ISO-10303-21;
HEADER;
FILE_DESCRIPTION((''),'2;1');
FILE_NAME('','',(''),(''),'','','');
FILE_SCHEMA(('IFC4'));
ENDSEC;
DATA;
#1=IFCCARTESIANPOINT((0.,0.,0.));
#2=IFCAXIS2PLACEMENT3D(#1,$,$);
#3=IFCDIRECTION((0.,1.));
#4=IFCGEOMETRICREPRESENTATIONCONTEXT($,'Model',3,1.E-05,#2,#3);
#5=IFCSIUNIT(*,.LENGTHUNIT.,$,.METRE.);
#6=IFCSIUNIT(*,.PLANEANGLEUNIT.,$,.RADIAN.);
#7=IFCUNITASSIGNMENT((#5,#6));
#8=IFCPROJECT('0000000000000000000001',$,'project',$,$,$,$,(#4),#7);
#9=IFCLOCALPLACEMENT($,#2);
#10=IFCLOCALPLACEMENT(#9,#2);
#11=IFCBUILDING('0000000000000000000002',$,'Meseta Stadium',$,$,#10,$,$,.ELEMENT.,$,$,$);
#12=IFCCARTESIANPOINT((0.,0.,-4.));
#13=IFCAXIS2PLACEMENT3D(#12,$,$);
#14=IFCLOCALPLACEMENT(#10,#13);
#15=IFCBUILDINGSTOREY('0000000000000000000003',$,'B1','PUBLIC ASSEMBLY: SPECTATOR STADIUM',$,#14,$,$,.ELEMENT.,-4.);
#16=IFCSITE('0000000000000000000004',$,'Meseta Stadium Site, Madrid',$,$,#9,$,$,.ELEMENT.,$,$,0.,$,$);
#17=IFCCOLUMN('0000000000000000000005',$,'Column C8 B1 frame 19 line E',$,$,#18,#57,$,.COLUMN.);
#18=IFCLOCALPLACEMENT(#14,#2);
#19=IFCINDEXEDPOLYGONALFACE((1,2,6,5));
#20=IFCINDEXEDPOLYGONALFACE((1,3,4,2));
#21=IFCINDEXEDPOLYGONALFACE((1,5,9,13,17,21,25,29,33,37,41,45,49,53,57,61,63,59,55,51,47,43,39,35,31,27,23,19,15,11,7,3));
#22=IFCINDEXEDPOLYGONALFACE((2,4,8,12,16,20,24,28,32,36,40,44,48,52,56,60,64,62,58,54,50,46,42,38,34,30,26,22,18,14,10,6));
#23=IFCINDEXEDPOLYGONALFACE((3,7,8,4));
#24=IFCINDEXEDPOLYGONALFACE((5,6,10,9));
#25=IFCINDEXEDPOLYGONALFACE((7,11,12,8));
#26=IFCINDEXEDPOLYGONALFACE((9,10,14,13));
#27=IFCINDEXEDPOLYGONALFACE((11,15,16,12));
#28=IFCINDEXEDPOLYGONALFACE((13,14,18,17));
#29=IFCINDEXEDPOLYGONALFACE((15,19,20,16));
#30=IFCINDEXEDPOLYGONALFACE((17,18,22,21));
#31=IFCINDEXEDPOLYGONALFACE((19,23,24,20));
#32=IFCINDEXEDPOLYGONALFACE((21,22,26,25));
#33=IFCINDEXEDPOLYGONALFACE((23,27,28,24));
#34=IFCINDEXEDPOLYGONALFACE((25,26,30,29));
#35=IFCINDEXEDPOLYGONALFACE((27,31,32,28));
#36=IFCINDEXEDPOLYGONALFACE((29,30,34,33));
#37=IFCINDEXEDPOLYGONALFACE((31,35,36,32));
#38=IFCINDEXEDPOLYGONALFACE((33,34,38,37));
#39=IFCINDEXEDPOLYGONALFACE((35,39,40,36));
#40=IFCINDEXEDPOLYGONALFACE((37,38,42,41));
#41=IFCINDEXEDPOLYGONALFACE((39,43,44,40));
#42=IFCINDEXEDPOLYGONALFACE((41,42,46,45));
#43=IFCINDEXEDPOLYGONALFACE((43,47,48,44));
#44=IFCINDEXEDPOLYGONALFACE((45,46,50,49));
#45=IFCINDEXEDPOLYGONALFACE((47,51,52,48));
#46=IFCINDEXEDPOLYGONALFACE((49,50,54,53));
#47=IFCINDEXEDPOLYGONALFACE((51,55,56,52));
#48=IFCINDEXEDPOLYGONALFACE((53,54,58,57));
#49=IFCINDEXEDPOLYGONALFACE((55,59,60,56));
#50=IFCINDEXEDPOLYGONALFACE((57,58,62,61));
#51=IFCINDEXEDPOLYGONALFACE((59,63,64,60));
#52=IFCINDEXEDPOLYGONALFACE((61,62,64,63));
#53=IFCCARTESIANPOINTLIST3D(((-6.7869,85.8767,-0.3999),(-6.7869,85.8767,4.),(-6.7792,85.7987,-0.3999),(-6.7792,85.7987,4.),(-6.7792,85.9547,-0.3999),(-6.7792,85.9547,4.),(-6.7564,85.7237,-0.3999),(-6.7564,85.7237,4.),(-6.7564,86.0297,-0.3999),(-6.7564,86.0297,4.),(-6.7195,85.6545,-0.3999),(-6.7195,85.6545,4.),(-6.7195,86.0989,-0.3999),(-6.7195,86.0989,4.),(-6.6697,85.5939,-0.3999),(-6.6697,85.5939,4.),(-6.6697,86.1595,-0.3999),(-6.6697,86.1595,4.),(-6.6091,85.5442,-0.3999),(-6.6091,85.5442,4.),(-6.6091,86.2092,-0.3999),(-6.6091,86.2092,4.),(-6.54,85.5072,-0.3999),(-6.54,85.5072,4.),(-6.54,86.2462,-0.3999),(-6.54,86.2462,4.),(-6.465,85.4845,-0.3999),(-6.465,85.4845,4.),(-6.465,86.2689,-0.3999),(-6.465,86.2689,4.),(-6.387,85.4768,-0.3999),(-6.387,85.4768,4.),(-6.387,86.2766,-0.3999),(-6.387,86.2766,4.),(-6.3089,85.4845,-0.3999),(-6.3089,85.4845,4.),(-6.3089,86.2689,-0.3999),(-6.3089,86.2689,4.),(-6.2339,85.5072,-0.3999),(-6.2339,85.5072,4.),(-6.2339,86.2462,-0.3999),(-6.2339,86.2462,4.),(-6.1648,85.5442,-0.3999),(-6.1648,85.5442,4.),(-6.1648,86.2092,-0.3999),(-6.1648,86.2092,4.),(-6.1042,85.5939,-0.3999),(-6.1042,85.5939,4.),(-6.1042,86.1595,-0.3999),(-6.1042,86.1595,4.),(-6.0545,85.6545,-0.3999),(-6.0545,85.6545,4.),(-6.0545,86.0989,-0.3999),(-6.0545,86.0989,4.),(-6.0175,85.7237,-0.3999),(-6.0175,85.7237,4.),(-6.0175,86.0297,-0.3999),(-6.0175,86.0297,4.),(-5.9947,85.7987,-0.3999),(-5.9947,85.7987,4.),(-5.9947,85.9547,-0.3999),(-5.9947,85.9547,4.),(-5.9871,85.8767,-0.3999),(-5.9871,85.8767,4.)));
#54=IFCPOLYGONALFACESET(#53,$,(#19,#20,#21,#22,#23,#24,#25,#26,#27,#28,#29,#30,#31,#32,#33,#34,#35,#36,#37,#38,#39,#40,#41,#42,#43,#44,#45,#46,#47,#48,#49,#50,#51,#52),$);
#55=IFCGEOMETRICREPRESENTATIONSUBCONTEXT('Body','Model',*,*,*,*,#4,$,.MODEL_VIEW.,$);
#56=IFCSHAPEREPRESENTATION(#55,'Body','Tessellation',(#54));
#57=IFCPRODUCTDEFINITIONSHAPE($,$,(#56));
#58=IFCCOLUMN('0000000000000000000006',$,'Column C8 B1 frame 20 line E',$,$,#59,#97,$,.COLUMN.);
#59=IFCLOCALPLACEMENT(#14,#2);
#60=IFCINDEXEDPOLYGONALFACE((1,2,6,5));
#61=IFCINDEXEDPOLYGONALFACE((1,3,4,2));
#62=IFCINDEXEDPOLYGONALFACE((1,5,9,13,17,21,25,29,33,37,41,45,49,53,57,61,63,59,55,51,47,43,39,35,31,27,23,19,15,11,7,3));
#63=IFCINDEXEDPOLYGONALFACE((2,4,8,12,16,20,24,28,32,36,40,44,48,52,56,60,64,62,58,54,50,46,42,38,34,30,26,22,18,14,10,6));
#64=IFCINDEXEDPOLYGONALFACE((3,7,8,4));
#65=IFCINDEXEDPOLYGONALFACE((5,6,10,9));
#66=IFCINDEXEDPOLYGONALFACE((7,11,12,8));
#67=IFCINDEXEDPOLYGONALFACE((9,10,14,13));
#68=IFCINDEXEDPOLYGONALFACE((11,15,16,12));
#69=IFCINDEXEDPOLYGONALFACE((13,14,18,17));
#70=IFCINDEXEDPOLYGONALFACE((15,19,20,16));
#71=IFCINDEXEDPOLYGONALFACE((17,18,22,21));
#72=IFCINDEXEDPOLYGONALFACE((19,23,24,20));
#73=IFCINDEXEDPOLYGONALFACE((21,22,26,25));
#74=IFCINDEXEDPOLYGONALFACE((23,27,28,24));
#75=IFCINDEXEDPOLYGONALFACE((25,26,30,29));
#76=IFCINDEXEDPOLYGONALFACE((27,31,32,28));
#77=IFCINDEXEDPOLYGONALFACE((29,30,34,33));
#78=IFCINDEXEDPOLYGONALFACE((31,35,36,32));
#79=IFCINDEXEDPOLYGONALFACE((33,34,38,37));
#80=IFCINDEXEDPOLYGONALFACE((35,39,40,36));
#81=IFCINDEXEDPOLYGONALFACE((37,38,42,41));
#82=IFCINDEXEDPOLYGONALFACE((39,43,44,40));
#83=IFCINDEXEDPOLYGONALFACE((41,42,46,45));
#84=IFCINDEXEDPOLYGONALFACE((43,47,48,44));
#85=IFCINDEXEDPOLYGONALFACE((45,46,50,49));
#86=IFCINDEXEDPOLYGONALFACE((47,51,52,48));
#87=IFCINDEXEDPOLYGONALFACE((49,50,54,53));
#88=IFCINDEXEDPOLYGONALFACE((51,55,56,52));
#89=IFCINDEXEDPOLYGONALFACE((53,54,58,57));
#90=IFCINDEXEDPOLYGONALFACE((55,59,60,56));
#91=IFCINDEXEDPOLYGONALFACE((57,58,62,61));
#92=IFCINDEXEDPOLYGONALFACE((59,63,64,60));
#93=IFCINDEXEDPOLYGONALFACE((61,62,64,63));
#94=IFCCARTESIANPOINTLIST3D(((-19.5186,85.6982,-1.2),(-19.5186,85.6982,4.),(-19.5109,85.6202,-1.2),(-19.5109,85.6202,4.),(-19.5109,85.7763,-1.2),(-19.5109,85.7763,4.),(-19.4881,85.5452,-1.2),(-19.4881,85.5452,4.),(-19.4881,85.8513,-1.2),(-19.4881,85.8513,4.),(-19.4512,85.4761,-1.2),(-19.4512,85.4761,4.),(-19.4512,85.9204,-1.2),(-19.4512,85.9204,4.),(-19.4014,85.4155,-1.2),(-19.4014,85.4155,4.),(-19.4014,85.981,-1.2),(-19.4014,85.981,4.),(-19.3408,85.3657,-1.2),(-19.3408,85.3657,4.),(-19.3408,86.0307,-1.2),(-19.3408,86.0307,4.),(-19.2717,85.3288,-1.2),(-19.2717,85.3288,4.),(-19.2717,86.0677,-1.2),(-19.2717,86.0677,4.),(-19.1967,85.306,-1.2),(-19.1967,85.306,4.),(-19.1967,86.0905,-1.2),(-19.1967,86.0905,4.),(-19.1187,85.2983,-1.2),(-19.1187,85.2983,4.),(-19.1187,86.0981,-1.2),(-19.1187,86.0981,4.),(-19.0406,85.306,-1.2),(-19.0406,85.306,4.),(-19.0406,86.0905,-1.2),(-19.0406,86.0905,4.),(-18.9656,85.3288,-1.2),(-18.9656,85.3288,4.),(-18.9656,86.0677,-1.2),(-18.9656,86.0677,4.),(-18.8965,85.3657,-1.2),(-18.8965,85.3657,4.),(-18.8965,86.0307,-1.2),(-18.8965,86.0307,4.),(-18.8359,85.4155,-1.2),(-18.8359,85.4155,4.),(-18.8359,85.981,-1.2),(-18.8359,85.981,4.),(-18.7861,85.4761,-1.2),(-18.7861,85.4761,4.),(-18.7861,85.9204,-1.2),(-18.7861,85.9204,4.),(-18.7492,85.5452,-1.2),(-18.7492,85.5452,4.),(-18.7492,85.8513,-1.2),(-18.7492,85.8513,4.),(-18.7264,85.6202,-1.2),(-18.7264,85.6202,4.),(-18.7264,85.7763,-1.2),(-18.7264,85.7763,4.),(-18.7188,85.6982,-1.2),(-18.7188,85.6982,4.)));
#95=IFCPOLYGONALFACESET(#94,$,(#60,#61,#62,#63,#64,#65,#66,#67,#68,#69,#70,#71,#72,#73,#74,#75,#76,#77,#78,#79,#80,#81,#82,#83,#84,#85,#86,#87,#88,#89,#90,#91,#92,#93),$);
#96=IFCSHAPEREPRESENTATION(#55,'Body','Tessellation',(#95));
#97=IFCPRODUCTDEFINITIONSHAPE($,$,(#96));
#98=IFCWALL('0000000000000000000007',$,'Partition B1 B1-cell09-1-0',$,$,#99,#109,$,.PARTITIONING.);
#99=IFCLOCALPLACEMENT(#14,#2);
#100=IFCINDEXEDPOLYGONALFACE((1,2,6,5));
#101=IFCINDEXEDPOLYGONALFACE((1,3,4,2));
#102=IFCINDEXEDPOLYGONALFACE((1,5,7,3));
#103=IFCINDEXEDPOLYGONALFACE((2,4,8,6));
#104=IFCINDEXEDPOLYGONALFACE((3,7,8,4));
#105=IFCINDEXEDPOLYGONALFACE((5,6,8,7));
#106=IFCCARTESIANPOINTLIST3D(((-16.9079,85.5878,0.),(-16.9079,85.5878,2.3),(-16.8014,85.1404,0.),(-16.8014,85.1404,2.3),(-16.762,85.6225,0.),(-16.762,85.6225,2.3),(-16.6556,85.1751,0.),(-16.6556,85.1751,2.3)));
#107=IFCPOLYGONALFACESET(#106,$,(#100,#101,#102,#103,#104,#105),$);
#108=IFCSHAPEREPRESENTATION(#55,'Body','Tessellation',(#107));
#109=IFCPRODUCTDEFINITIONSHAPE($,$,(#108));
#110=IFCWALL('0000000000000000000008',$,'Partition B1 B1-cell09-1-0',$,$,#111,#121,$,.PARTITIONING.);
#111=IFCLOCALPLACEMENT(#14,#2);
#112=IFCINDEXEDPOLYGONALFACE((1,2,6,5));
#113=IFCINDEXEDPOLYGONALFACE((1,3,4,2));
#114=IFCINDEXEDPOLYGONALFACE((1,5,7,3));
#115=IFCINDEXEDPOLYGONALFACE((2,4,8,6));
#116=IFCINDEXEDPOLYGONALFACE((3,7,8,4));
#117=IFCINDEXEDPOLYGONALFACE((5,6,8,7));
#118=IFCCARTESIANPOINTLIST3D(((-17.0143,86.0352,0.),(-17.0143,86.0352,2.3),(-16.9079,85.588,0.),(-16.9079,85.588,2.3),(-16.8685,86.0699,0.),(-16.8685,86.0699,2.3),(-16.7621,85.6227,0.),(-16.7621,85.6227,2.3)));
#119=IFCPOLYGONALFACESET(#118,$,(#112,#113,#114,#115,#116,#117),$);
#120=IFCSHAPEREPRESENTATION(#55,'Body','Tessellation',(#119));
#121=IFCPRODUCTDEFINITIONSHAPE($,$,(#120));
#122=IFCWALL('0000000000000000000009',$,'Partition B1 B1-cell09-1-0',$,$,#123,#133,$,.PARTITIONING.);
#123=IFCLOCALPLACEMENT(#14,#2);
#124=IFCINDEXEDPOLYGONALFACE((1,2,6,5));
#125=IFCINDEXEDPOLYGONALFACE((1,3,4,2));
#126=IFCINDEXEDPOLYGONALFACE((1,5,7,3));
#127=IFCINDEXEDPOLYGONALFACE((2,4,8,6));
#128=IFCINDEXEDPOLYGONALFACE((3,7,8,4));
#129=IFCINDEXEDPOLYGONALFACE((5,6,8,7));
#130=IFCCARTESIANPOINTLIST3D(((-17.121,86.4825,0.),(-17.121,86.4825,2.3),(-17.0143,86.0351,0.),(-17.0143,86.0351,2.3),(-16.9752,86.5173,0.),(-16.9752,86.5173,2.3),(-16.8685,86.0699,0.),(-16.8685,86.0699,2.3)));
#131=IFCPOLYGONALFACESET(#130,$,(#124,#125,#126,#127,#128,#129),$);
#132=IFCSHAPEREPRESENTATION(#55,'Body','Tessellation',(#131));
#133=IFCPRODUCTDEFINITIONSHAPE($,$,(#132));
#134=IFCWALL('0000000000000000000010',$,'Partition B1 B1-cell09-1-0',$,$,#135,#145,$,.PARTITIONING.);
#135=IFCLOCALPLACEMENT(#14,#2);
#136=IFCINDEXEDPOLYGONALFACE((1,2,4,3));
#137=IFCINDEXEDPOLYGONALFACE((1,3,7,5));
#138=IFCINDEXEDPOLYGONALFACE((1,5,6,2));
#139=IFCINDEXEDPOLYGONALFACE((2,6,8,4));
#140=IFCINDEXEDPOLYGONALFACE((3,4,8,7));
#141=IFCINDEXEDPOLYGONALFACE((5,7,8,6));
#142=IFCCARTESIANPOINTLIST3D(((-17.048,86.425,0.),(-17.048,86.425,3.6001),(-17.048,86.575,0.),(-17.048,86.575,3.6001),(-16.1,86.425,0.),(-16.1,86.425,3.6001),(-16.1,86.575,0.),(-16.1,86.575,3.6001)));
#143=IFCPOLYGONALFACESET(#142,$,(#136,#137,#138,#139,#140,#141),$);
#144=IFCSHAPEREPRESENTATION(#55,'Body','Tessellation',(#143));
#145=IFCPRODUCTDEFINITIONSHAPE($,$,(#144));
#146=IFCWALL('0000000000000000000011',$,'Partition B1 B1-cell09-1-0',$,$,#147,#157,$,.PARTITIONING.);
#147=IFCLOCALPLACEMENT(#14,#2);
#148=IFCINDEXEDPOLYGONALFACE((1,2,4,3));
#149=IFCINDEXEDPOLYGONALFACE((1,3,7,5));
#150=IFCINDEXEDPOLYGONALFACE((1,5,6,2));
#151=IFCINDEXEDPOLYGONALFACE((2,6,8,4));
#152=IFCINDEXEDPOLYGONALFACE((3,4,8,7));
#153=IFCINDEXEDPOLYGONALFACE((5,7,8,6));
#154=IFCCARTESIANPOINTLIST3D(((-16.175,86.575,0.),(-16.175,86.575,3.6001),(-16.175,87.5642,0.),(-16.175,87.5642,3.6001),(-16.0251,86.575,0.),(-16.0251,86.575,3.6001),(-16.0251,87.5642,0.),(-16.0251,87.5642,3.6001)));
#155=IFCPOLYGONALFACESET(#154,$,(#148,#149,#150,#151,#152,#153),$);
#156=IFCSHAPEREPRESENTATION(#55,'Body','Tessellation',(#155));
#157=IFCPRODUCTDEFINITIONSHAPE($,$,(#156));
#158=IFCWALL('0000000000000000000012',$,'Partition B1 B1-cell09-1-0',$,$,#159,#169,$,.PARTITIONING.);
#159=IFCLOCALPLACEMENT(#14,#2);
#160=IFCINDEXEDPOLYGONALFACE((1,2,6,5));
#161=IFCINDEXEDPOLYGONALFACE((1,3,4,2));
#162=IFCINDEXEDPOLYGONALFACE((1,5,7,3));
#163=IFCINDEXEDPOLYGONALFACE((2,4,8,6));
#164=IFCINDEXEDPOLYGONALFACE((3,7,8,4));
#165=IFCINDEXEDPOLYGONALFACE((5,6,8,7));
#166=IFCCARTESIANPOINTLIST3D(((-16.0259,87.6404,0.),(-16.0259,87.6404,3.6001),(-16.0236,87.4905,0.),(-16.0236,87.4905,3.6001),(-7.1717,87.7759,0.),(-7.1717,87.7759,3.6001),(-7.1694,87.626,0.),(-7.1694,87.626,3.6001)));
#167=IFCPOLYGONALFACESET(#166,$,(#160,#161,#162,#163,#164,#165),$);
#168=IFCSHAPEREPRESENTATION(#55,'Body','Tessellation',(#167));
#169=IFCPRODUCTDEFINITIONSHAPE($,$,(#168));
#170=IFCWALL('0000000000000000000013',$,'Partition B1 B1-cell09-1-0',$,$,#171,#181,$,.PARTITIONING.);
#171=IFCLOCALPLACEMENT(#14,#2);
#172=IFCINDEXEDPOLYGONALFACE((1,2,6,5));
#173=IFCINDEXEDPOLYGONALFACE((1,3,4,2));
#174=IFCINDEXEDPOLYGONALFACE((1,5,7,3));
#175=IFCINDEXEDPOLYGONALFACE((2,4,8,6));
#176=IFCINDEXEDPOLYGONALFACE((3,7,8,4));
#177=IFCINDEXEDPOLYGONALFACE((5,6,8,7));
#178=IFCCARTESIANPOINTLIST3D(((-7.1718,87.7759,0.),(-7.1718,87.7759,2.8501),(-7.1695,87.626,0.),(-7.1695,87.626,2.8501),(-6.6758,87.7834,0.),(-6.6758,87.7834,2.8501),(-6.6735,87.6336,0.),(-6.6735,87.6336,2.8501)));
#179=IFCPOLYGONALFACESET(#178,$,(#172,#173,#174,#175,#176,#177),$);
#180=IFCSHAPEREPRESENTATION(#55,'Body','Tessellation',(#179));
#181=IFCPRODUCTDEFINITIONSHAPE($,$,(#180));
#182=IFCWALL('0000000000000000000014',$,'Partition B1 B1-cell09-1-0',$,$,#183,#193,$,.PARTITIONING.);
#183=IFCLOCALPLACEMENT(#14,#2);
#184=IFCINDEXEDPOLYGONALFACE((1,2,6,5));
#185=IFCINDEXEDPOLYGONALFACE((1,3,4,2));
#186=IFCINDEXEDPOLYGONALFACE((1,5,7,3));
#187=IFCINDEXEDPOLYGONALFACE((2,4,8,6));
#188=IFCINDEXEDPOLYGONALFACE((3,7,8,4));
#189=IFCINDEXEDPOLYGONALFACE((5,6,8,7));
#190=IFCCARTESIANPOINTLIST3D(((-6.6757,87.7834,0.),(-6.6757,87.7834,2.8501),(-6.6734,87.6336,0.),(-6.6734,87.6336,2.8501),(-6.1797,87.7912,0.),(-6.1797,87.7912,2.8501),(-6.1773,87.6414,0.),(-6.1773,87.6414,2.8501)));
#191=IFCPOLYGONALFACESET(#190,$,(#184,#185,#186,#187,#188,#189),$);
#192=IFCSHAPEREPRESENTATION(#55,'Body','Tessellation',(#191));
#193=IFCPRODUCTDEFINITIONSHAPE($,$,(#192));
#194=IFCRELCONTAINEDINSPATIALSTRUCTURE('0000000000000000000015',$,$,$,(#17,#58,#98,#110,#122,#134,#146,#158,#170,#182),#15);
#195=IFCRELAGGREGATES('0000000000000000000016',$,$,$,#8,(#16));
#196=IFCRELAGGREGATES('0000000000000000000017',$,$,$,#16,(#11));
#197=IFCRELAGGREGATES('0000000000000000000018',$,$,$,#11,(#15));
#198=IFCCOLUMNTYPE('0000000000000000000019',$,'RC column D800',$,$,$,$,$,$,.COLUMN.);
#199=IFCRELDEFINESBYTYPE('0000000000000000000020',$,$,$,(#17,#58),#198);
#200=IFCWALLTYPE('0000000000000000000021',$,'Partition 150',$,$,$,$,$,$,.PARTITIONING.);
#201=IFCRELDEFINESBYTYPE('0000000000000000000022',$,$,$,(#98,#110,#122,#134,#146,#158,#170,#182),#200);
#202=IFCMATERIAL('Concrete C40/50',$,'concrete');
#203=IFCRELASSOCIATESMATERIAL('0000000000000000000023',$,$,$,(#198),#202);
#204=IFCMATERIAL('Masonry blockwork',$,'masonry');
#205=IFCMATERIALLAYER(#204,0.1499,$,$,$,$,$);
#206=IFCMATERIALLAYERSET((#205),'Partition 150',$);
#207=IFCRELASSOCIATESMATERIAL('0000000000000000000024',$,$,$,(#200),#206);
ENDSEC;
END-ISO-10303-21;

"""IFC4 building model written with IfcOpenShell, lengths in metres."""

from ifc_helpers import new_model, si_unit, direction, frame, frame_2d, origin, origin_2d, place, context, subcontext, project, spatial, rectangle, circle, extrude, material, layer, layer_set, material_profile, profile_set, type_object, element, save


model = new_model("IFC4")

# Units and contexts
model_context = context("Model", 3, precision=1e-05, world=origin(), true_north=direction((0.0, 1.0)))
body_context = subcontext(model_context, "Body", "Model", "MODEL_VIEW")
ifc_project = project(units=[si_unit("LENGTHUNIT", "METRE"), si_unit("PLANEANGLEUNIT", "RADIAN")], contexts=[model_context])

# Site, building, storey
site_placement = place(None, origin())
site = spatial("IfcSite", under=ifc_project, at=site_placement, Name="Meseta Stadium Site, Madrid", CompositionType="ELEMENT", RefElevation=0.0)
building_placement = place(site_placement, origin())
building = spatial("IfcBuilding", under=site, at=building_placement, Name="Meseta Stadium", CompositionType="ELEMENT")
storey_placement = place(building_placement, frame((0.0, 0.0, -4.0)))
storey = spatial("IfcBuildingStorey", under=building, at=storey_placement, Name="B1", Description="PUBLIC ASSEMBLY: SPECTATOR STADIUM", CompositionType="ELEMENT", Elevation=-4.0)

# Columns
ifc_material_1 = material(Name="Concrete C40/50", Category="concrete")
ifc_material_profile_1 = material_profile(ifc_material_1, circle(Radius=0.3999, at=origin_2d()), Name="RC D800")
ifc_profile_set_1 = profile_set([ifc_material_profile_1], Name="Concrete C40/50")
column_type = type_object("IfcColumnType", Name="RC column D800", PredefinedType="COLUMN", material=ifc_profile_set_1)
column_1_placement = place(storey_placement, frame((-6.387, 85.8767, -0.3999), z_axis=(0.0, 0.0, 1.0), x_axis=(1.0, 0.0, 0.0)))
element("IfcColumn", 1, at=column_1_placement, inside=storey, type_object=column_type, Name="Column C8 B1 frame 19 line E", PredefinedType="COLUMN", context=body_context, shape_type="SweptSolid", body=[
    extrude(circle(Radius=0.3999, at=origin_2d()), origin(), (0.0, 0.0, 1.0), 4.3999),
])
column_2_placement = place(storey_placement, frame((-19.1187, 85.6982, -1.2), z_axis=(0.0, 0.0, 1.0), x_axis=(1.0, 0.0, 0.0)))
element("IfcColumn", 2, at=column_2_placement, inside=storey, type_object=column_type, Name="Column C8 B1 frame 20 line E", PredefinedType="COLUMN", context=body_context, shape_type="SweptSolid", body=[
    extrude(circle(Radius=0.3999, at=origin_2d()), origin(), (0.0, 0.0, 1.0), 5.2),
])

# Walls
ifc_material_2 = material(Name="Masonry blockwork", Category="masonry")
ifc_layer = layer(ifc_material_2, 0.1499)
ifc_layer_set = layer_set([ifc_layer], Name="Partition 150")
wall_type = type_object("IfcWallType", Name="Partition 150", PredefinedType="PARTITIONING", material=ifc_layer_set)
wall_1_placement = place(storey_placement, frame((-16.7285, 85.1577, 0.0), z_axis=(0.0, 0.0, 1.0), x_axis=(-0.231405, 0.972857, 0.0)))
element("IfcWall", 3, at=wall_1_placement, inside=storey, type_object=wall_type, Name="Partition B1 B1-cell09-1-0", PredefinedType="PARTITIONING", context=body_context, shape_type="SweptSolid", body=[
    extrude(rectangle(XDim=0.46, YDim=0.1499, at=frame_2d((0.23, 0.0))), origin(), (0.0, 0.0, 1.0), 2.3),
])
wall_2_placement = place(storey_placement, frame((-16.835, 85.6052, 0.0), z_axis=(0.0, 0.0, 1.0), x_axis=(-0.231525, 0.972829, 0.0)))
element("IfcWall", 4, at=wall_2_placement, inside=storey, type_object=wall_type, Name="Partition B1 B1-cell09-1-0", PredefinedType="PARTITIONING", context=body_context, shape_type="SweptSolid", body=[
    extrude(rectangle(XDim=0.4597, YDim=0.1499, at=frame_2d((0.23, 0.0))), origin(), (0.0, 0.0, 1.0), 2.3),
])
wall_3_placement = place(storey_placement, frame((-16.9414, 86.0525, 0.0), z_axis=(0.0, 0.0, 1.0), x_axis=(-0.231907, 0.972738, 0.0)))
element("IfcWall", 5, at=wall_3_placement, inside=storey, type_object=wall_type, Name="Partition B1 B1-cell09-1-0", PredefinedType="PARTITIONING", context=body_context, shape_type="SweptSolid", body=[
    extrude(rectangle(XDim=0.46, YDim=0.1499, at=frame_2d((0.23, 0.0))), origin(), (0.0, 0.0, 1.0), 2.3),
])
wall_4_placement = place(storey_placement, frame((-17.0481, 86.5, 0.0), z_axis=(0.0, 0.0, 1.0), x_axis=(1.0, 0.0, 0.0)))
element("IfcWall", 6, at=wall_4_placement, inside=storey, type_object=wall_type, Name="Partition B1 B1-cell09-1-0", PredefinedType="PARTITIONING", context=body_context, shape_type="SweptSolid", body=[
    extrude(rectangle(XDim=0.948, YDim=0.1499, at=frame_2d((0.4741, 0.0))), origin(), (0.0, 0.0, 1.0), 3.6001),
])
wall_5_placement = place(storey_placement, frame((-16.1001, 86.575, 0.0), z_axis=(0.0, 0.0, 1.0), x_axis=(0.0, 1.0, 0.0)))
element("IfcWall", 7, at=wall_5_placement, inside=storey, type_object=wall_type, Name="Partition B1 B1-cell09-1-0", PredefinedType="PARTITIONING", context=body_context, shape_type="SweptSolid", body=[
    extrude(rectangle(XDim=0.9893, YDim=0.1499, at=frame_2d((0.4946, 0.0))), origin(), (0.0, 0.0, 1.0), 3.6001),
])
wall_6_placement = place(storey_placement, frame((-16.0249, 87.5654, 0.0), z_axis=(0.0, 0.0, 1.0), x_axis=(0.999883, 0.015301, 0.0)))
element("IfcWall", 8, at=wall_6_placement, inside=storey, type_object=wall_type, Name="Partition B1 B1-cell09-1-0", PredefinedType="PARTITIONING", context=body_context, shape_type="SweptSolid", body=[
    extrude(rectangle(XDim=8.8552, YDim=0.1499, at=frame_2d((4.4277, 0.0))), origin(), (0.0, 0.0, 1.0), 3.6001),
])
for number, where, z_axis, x_axis, name in (
    (9, (-7.1707, 87.7009, 0.0), (0.0, 0.0, 1.0), (0.999884, 0.015254, 0.0), "Partition B1 B1-cell09-1-0"),
    (10, (-6.6746, 87.7085, 0.0), (0.0, 0.0, 1.0), (0.999876, 0.015746, 0.0), "Partition B1 B1-cell09-1-0"),
):
    element("IfcWall", number, at=place(storey_placement, frame(where, z_axis=z_axis, x_axis=x_axis)), inside=storey, type_object=wall_type, Name=name, PredefinedType="PARTITIONING", context=body_context, shape_type="SweptSolid", body=[
        extrude(rectangle(XDim=0.4961, YDim=0.1499, at=frame_2d((0.248, 0.0))), origin(), (0.0, 0.0, 1.0), 2.8501),
    ])

save(model, "model.ifc")
